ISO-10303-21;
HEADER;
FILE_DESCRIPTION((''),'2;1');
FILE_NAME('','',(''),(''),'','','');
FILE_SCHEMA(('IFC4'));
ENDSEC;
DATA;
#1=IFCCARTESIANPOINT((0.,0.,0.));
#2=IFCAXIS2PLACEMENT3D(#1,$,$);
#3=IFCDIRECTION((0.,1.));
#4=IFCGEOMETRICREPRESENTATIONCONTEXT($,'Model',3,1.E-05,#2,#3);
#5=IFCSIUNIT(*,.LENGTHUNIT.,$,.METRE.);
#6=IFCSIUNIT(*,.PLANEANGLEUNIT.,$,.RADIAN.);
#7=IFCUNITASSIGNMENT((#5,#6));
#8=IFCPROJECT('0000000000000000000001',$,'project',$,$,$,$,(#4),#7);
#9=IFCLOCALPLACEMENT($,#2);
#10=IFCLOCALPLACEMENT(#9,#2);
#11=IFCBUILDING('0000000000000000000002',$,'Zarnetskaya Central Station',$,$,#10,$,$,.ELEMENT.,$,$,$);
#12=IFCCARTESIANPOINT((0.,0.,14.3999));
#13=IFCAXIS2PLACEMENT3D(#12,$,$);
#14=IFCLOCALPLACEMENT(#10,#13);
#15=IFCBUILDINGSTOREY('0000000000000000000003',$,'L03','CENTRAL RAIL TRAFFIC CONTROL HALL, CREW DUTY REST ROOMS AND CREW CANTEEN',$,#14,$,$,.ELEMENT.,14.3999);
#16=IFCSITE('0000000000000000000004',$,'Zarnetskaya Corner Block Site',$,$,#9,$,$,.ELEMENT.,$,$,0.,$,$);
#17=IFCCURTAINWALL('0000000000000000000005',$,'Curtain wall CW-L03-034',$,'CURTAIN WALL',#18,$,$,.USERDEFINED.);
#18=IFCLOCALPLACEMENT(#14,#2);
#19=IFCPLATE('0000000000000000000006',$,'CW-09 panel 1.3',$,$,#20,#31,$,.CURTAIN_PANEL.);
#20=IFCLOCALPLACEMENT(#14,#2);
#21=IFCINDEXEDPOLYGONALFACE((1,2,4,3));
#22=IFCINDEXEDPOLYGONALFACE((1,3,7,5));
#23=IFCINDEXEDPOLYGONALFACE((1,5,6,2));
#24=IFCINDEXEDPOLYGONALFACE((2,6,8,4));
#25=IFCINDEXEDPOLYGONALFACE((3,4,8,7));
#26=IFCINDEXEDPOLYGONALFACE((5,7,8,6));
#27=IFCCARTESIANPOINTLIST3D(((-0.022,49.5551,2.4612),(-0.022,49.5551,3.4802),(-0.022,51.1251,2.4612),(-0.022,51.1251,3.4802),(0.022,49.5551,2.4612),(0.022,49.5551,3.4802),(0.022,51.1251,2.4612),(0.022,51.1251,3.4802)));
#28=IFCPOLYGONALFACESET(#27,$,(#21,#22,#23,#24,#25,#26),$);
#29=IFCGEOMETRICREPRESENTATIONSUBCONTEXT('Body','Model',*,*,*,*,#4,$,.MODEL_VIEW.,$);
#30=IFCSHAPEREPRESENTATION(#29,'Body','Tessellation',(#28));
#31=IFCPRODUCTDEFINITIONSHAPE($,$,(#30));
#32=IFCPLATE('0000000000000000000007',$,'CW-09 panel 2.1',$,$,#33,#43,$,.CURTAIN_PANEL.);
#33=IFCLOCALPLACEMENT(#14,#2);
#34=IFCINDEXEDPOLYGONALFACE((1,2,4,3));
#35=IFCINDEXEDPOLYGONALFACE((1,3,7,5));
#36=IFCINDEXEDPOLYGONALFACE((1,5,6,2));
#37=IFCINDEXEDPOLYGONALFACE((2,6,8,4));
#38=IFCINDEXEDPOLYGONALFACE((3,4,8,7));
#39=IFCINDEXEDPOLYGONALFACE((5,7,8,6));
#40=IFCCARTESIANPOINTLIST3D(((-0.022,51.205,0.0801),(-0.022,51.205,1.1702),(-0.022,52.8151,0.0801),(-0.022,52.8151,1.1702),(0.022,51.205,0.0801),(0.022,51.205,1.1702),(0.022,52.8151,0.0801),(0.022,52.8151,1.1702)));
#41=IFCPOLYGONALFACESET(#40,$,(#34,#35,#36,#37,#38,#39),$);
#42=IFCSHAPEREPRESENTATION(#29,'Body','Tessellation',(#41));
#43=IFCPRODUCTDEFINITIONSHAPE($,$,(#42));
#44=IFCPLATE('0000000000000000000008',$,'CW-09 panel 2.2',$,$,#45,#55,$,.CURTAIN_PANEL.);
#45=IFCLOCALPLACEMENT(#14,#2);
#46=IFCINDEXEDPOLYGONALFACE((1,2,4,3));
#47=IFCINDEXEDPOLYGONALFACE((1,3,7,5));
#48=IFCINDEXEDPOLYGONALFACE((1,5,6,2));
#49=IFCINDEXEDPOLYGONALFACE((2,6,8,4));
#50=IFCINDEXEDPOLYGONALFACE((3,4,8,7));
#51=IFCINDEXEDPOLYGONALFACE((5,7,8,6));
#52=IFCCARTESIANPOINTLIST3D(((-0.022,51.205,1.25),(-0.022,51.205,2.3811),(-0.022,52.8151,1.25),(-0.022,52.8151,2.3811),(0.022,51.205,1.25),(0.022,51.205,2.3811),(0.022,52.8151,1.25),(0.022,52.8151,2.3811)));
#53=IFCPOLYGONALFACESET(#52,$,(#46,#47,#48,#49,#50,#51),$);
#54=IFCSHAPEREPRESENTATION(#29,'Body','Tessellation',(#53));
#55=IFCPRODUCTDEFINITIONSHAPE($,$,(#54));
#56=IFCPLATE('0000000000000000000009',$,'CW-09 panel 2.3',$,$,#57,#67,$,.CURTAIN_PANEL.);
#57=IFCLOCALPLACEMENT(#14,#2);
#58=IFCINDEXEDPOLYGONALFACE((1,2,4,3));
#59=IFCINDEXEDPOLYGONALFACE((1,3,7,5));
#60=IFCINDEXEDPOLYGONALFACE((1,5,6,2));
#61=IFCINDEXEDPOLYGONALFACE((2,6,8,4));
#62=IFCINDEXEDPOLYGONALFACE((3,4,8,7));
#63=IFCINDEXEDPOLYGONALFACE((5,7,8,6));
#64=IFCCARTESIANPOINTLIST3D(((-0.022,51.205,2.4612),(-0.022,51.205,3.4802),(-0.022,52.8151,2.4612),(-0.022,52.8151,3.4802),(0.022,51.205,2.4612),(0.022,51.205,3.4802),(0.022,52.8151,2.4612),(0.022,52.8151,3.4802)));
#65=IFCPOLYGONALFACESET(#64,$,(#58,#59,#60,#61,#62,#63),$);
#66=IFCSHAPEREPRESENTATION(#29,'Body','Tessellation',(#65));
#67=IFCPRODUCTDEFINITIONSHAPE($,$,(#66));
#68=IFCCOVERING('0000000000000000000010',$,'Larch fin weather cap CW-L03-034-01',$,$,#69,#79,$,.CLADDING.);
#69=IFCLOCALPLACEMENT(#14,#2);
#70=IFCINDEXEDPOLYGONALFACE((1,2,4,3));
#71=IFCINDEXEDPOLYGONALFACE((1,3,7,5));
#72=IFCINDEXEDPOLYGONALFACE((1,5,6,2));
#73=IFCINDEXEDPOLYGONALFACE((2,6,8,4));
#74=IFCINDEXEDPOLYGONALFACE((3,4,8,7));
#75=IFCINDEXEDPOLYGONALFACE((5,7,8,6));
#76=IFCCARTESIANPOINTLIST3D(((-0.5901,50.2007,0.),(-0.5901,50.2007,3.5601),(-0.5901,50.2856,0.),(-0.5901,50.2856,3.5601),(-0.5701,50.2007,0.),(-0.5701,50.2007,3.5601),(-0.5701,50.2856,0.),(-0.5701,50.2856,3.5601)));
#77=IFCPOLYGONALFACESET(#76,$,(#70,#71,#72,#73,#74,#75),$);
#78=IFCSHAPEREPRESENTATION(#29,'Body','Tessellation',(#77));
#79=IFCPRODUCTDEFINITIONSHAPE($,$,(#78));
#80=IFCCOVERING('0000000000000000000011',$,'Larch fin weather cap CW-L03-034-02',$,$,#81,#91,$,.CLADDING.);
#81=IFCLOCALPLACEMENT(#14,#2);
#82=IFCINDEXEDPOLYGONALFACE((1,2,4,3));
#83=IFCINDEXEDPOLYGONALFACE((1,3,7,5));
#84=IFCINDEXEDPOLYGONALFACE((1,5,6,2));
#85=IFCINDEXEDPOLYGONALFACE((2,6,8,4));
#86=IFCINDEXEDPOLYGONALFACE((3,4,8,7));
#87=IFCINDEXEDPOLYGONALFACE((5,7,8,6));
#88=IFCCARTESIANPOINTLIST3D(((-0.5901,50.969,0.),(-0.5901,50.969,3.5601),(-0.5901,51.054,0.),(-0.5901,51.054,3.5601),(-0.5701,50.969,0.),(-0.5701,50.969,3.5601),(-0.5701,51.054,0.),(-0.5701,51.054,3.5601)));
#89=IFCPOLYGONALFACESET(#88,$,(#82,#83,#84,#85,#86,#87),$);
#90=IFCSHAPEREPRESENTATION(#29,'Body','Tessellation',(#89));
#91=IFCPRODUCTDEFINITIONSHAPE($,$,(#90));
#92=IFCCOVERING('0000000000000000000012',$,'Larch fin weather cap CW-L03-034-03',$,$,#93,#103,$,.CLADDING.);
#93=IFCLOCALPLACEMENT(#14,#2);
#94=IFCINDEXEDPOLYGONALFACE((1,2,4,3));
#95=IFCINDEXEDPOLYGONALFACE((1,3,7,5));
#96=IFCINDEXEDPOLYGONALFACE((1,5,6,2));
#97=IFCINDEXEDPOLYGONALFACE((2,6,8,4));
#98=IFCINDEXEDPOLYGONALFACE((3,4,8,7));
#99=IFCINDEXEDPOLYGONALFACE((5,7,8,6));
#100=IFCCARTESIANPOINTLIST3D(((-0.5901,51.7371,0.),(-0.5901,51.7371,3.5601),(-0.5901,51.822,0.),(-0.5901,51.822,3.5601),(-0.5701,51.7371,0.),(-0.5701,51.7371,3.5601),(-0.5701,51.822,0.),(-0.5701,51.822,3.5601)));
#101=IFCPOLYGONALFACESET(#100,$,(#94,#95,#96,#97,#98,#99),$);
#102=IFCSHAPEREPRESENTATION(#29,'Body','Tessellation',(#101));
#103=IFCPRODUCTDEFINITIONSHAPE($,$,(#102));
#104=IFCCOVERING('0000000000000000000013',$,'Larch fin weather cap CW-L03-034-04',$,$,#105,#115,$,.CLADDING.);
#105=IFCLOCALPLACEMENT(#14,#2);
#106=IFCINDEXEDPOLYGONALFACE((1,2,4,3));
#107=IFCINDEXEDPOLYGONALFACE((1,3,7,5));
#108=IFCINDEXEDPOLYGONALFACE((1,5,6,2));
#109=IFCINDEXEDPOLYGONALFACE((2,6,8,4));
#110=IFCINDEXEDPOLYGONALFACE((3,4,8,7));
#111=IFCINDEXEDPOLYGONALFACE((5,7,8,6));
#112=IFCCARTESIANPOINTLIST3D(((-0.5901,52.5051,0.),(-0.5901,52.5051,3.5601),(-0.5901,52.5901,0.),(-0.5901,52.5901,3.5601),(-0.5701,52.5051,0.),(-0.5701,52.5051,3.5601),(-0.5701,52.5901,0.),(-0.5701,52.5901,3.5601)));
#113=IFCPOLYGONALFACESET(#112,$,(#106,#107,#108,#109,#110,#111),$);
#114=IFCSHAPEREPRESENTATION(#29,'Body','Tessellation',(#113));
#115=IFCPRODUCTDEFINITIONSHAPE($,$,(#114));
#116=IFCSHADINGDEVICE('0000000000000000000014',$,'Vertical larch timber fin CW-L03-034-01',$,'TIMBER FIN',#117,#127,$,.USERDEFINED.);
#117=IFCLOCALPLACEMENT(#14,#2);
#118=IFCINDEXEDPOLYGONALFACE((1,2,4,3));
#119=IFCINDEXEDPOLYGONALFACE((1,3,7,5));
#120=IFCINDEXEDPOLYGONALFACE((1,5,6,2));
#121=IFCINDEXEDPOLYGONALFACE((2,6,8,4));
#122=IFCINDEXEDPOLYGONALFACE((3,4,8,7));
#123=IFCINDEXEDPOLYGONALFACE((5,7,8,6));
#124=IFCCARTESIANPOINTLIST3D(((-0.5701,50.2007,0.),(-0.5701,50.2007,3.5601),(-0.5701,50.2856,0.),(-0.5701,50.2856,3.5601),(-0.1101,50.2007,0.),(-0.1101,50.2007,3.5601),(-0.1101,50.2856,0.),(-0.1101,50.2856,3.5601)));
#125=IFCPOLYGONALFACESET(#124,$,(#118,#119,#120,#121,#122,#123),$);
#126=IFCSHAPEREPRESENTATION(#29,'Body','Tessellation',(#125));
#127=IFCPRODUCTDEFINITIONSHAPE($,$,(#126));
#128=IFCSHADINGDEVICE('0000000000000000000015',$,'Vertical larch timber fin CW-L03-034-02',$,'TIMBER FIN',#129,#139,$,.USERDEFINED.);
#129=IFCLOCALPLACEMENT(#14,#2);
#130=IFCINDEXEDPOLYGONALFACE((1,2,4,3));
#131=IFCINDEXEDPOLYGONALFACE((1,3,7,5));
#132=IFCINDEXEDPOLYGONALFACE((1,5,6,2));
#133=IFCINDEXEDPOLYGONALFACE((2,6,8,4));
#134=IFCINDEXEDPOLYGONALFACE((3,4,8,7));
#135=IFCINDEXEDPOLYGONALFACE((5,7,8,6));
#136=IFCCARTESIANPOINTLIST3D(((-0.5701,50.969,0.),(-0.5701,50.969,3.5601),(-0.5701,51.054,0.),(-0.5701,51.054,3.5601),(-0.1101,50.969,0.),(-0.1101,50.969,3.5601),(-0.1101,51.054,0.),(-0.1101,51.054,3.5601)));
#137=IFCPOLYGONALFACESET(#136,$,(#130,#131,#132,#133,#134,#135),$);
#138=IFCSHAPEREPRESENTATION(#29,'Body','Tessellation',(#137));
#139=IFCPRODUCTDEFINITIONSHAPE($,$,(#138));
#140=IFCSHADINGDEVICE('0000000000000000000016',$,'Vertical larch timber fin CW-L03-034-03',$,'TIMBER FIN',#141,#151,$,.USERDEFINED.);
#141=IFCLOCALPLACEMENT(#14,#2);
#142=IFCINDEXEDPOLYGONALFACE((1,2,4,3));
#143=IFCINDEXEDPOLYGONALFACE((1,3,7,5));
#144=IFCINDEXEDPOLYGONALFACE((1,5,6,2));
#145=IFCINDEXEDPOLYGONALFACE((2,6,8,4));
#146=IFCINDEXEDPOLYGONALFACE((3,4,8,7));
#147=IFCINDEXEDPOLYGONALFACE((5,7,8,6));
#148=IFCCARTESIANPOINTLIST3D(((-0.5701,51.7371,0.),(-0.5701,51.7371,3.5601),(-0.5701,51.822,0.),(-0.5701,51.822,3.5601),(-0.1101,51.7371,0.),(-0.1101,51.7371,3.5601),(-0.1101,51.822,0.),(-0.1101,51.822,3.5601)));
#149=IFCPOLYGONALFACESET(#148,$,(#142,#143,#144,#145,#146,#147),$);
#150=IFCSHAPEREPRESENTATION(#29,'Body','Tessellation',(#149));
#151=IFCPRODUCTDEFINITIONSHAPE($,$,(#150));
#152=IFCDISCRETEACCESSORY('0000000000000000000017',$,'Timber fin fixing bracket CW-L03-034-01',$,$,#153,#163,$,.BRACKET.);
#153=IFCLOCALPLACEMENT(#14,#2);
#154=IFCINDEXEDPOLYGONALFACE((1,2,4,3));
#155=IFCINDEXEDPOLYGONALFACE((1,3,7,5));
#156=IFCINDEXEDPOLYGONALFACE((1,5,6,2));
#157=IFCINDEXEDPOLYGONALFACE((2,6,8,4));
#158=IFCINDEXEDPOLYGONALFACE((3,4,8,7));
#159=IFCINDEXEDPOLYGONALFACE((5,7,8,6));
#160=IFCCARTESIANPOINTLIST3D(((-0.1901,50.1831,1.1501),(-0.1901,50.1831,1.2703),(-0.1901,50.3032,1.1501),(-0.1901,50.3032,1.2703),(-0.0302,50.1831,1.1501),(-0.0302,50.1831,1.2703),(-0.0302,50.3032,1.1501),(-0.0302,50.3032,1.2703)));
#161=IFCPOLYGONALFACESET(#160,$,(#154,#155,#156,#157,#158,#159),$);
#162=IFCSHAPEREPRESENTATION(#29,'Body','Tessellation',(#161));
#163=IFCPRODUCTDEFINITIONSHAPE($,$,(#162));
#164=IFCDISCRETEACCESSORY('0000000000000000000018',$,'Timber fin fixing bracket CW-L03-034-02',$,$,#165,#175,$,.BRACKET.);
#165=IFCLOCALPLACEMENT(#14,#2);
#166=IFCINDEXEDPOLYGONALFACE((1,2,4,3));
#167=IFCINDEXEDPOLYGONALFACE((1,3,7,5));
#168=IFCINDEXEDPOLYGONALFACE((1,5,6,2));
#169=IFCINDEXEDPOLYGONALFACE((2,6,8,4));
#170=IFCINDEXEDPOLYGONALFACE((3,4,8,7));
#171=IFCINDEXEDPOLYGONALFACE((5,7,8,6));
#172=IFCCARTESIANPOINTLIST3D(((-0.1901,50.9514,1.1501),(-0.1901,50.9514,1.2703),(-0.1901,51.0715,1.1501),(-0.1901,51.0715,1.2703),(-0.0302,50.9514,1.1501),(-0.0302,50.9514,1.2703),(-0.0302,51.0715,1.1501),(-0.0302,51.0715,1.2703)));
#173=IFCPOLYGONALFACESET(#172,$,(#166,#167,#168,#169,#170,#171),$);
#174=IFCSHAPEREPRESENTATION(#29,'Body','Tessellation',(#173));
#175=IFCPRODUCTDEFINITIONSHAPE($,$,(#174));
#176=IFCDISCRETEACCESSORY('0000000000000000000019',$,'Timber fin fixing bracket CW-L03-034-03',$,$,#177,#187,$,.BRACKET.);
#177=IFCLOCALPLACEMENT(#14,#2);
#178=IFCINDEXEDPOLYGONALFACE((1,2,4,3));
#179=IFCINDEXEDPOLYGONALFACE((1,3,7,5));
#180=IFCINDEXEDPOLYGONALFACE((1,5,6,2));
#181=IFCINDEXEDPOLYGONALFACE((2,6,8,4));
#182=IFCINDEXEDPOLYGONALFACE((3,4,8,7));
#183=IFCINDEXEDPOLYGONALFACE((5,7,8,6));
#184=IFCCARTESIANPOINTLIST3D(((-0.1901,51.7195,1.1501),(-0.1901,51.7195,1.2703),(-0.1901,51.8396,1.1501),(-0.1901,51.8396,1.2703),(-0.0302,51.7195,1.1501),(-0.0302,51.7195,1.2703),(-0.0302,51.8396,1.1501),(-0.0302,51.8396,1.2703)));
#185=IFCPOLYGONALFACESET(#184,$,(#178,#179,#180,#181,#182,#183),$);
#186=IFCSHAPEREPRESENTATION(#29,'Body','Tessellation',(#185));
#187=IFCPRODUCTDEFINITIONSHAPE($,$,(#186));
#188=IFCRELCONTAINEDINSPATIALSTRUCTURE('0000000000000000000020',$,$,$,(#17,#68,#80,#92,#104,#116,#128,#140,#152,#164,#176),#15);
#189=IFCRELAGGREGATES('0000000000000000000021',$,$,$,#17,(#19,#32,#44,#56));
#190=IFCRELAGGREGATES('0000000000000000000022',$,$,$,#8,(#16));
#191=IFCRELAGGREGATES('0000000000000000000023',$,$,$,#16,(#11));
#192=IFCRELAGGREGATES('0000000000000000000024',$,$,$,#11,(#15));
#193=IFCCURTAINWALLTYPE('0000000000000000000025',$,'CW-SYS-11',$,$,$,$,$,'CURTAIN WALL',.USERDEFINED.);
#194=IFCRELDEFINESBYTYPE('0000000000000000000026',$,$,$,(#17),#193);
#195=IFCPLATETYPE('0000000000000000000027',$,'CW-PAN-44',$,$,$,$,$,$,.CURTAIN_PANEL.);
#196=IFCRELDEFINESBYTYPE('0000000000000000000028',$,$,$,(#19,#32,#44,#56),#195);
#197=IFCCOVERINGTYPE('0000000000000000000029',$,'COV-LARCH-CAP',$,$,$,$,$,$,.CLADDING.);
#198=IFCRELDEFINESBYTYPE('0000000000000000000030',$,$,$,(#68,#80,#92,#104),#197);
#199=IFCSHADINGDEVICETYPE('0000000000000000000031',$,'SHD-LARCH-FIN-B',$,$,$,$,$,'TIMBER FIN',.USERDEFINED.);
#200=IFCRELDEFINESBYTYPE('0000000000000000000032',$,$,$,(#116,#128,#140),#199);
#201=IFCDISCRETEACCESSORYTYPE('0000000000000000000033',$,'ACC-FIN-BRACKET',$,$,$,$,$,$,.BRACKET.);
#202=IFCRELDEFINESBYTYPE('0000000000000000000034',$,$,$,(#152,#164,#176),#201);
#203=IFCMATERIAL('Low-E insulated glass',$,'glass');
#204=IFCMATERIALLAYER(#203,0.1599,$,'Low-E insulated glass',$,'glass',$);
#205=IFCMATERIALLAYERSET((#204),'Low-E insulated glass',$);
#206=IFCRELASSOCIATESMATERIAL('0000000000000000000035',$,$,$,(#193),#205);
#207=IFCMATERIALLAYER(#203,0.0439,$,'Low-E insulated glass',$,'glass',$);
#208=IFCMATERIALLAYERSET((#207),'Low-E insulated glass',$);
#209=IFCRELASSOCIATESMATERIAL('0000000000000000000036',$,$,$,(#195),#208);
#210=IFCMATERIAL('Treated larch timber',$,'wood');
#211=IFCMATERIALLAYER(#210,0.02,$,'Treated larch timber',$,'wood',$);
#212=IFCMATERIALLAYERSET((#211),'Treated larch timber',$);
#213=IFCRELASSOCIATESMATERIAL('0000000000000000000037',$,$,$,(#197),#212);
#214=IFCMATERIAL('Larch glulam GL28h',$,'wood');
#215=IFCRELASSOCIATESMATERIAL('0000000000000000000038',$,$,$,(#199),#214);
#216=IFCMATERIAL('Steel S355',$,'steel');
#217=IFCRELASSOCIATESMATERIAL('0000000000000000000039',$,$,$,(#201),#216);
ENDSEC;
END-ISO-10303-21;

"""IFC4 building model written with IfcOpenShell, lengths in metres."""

from ifc_helpers import new_model, si_unit, direction, frame, origin, origin_2d, place, context, subcontext, project, spatial, rectangle, extrude, material, layer, layer_set, type_object, element, aggregate, save


model = new_model("IFC4")

# Units and contexts
model_context = context("Model", 3, precision=1e-05, world=origin(), true_north=direction((0.0, 1.0)))
body_context = subcontext(model_context, "Body", "Model", "MODEL_VIEW")
ifc_project = project(units=[si_unit("LENGTHUNIT", "METRE"), si_unit("PLANEANGLEUNIT", "RADIAN")], contexts=[model_context])

# Site, building, storey
site_placement = place(None, origin())
site = spatial("IfcSite", under=ifc_project, at=site_placement, Name="Zarnetskaya Corner Block Site", CompositionType="ELEMENT", RefElevation=0.0)
building_placement = place(site_placement, origin())
building = spatial("IfcBuilding", under=site, at=building_placement, Name="Zarnetskaya Central Station", CompositionType="ELEMENT")
storey_placement = place(building_placement, frame((0.0, 0.0, 14.3999)))
storey = spatial("IfcBuildingStorey", under=building, at=storey_placement, Name="L03", Description="CENTRAL RAIL TRAFFIC CONTROL HALL, CREW DUTY REST ROOMS AND CREW CANTEEN", CompositionType="ELEMENT", Elevation=14.3999)

# Shared definitions
ifc_material_1 = material(Name="Steel S355", Category="steel")

# Curtain wall, plates
ifc_material_2 = material(Name="Low-E insulated glass", Category="glass")
ifc_layer_1 = layer(ifc_material_2, 0.1599, Name="Low-E insulated glass", Category="glass")
ifc_layer_set_1 = layer_set([ifc_layer_1], Name="Low-E insulated glass")
curtain_wall_type = type_object("IfcCurtainWallType", Name="CW-SYS-11", ElementType="CURTAIN WALL", PredefinedType="USERDEFINED", material=ifc_layer_set_1)
curtain_wall_placement = place(storey_placement, origin())
curtain_wall = element("IfcCurtainWall", 1, at=curtain_wall_placement, inside=storey, type_object=curtain_wall_type, Name="Curtain wall CW-L03-034", ObjectType="CURTAIN WALL", PredefinedType="USERDEFINED")
ifc_layer_2 = layer(ifc_material_2, 0.0439, Name="Low-E insulated glass", Category="glass")
ifc_layer_set_2 = layer_set([ifc_layer_2], Name="Low-E insulated glass")
plate_type = type_object("IfcPlateType", Name="CW-PAN-44", PredefinedType="CURTAIN_PANEL", material=ifc_layer_set_2)
plate_1_placement = place(storey_placement, frame((0.0, 50.3401, 2.4612), z_axis=(0.0, 0.0, 1.0), x_axis=(0.0, 1.0, 0.0)))
plate_1 = element("IfcPlate", 2, at=plate_1_placement, type_object=plate_type, Name="CW-09 panel 1.3", PredefinedType="CURTAIN_PANEL", context=body_context, shape_type="SweptSolid", body=[
    extrude(rectangle(XDim=1.5701, YDim=0.0439, at=origin_2d()), origin(), (0.0, 0.0, 1.0), 1.019),
])
plate_2_placement = place(storey_placement, frame((0.0, 52.01, 0.0801), z_axis=(0.0, 0.0, 1.0), x_axis=(0.0, 1.0, 0.0)))
plate_2 = element("IfcPlate", 3, at=plate_2_placement, type_object=plate_type, Name="CW-09 panel 2.1", PredefinedType="CURTAIN_PANEL", context=body_context, shape_type="SweptSolid", body=[
    extrude(rectangle(XDim=1.6101, YDim=0.0439, at=origin_2d()), origin(), (0.0, 0.0, 1.0), 1.0901),
])
plate_3_placement = place(storey_placement, frame((0.0, 52.01, 1.25), z_axis=(0.0, 0.0, 1.0), x_axis=(0.0, 1.0, 0.0)))
plate_3 = element("IfcPlate", 4, at=plate_3_placement, type_object=plate_type, Name="CW-09 panel 2.2", PredefinedType="CURTAIN_PANEL", context=body_context, shape_type="SweptSolid", body=[
    extrude(rectangle(XDim=1.6101, YDim=0.0439, at=origin_2d()), origin(), (0.0, 0.0, 1.0), 1.1311),
])
plate_4_placement = place(storey_placement, frame((0.0, 52.01, 2.4612), z_axis=(0.0, 0.0, 1.0), x_axis=(0.0, 1.0, 0.0)))
plate_4 = element("IfcPlate", 5, at=plate_4_placement, type_object=plate_type, Name="CW-09 panel 2.3", PredefinedType="CURTAIN_PANEL", context=body_context, shape_type="SweptSolid", body=[
    extrude(rectangle(XDim=1.6101, YDim=0.0439, at=origin_2d()), origin(), (0.0, 0.0, 1.0), 1.019),
])
aggregate(curtain_wall, [plate_1, plate_2, plate_3, plate_4])

# Coverings
ifc_material_3 = material(Name="Treated larch timber", Category="wood")
ifc_layer_3 = layer(ifc_material_3, 0.02, Name="Treated larch timber", Category="wood")
ifc_layer_set_3 = layer_set([ifc_layer_3], Name="Treated larch timber")
covering_type = type_object("IfcCoveringType", Name="COV-LARCH-CAP", PredefinedType="CLADDING", material=ifc_layer_set_3)
for number, where, z_axis, x_axis, name in (
    (6, (-0.5801, 50.2432, 0.0), (0.0, 0.0, 1.0), (0.0, 1.0, 0.0), "Larch fin weather cap CW-L03-034-01"),
    (7, (-0.5801, 51.0115, 0.0), (0.0, 0.0, 1.0), (0.0, 1.0, 0.0), "Larch fin weather cap CW-L03-034-02"),
    (8, (-0.5801, 51.7795, 0.0), (0.0, 0.0, 1.0), (0.0, 1.0, 0.0), "Larch fin weather cap CW-L03-034-03"),
    (9, (-0.5801, 52.5476, 0.0), (0.0, 0.0, 1.0), (0.0, 1.0, 0.0), "Larch fin weather cap CW-L03-034-04"),
):
    element("IfcCovering", number, at=place(storey_placement, frame(where, z_axis=z_axis, x_axis=x_axis)), inside=storey, type_object=covering_type, Name=name, PredefinedType="CLADDING", context=body_context, shape_type="SweptSolid", body=[
        extrude(rectangle(XDim=0.085, YDim=0.02, at=origin_2d()), origin(), (0.0, 0.0, 1.0), 3.5601),
    ])

# Shading devices
ifc_material_4 = material(Name="Larch glulam GL28h", Category="wood")
shading_device_type = type_object("IfcShadingDeviceType", Name="SHD-LARCH-FIN-B", ElementType="TIMBER FIN", PredefinedType="USERDEFINED", material=ifc_material_4)
for number, where, z_axis, x_axis, name in (
    (10, (-0.3401, 50.2432, 0.0), (0.0, 0.0, 1.0), (0.0, 1.0, 0.0), "Vertical larch timber fin CW-L03-034-01"),
    (11, (-0.3401, 51.0115, 0.0), (0.0, 0.0, 1.0), (0.0, 1.0, 0.0), "Vertical larch timber fin CW-L03-034-02"),
    (12, (-0.3401, 51.7795, 0.0), (0.0, 0.0, 1.0), (0.0, 1.0, 0.0), "Vertical larch timber fin CW-L03-034-03"),
):
    element("IfcShadingDevice", number, at=place(storey_placement, frame(where, z_axis=z_axis, x_axis=x_axis)), inside=storey, type_object=shading_device_type, Name=name, ObjectType="TIMBER FIN", PredefinedType="USERDEFINED", context=body_context, shape_type="SweptSolid", body=[
        extrude(rectangle(XDim=0.085, YDim=0.46, at=origin_2d()), origin(), (0.0, 0.0, 1.0), 3.5601),
    ])

# Discrete accessories
discrete_accessory_type = type_object("IfcDiscreteAccessoryType", Name="ACC-FIN-BRACKET", PredefinedType="BRACKET", material=ifc_material_1)
for number, where, z_axis, x_axis, name in (
    (13, (-0.1101, 50.2432, 1.1501), (0.0, 0.0, 1.0), (0.0, 1.0, 0.0), "Timber fin fixing bracket CW-L03-034-01"),
    (14, (-0.1101, 51.0115, 1.1501), (0.0, 0.0, 1.0), (0.0, 1.0, 0.0), "Timber fin fixing bracket CW-L03-034-02"),
    (15, (-0.1101, 51.7795, 1.1501), (0.0, 0.0, 1.0), (0.0, 1.0, 0.0), "Timber fin fixing bracket CW-L03-034-03"),
):
    element("IfcDiscreteAccessory", number, at=place(storey_placement, frame(where, z_axis=z_axis, x_axis=x_axis)), inside=storey, type_object=discrete_accessory_type, Name=name, PredefinedType="BRACKET", context=body_context, shape_type="SweptSolid", body=[
        extrude(rectangle(XDim=0.1201, YDim=0.1599, at=origin_2d()), origin(), (0.0, 0.0, 1.0), 0.1201),
    ])

save(model, "model.ifc")
